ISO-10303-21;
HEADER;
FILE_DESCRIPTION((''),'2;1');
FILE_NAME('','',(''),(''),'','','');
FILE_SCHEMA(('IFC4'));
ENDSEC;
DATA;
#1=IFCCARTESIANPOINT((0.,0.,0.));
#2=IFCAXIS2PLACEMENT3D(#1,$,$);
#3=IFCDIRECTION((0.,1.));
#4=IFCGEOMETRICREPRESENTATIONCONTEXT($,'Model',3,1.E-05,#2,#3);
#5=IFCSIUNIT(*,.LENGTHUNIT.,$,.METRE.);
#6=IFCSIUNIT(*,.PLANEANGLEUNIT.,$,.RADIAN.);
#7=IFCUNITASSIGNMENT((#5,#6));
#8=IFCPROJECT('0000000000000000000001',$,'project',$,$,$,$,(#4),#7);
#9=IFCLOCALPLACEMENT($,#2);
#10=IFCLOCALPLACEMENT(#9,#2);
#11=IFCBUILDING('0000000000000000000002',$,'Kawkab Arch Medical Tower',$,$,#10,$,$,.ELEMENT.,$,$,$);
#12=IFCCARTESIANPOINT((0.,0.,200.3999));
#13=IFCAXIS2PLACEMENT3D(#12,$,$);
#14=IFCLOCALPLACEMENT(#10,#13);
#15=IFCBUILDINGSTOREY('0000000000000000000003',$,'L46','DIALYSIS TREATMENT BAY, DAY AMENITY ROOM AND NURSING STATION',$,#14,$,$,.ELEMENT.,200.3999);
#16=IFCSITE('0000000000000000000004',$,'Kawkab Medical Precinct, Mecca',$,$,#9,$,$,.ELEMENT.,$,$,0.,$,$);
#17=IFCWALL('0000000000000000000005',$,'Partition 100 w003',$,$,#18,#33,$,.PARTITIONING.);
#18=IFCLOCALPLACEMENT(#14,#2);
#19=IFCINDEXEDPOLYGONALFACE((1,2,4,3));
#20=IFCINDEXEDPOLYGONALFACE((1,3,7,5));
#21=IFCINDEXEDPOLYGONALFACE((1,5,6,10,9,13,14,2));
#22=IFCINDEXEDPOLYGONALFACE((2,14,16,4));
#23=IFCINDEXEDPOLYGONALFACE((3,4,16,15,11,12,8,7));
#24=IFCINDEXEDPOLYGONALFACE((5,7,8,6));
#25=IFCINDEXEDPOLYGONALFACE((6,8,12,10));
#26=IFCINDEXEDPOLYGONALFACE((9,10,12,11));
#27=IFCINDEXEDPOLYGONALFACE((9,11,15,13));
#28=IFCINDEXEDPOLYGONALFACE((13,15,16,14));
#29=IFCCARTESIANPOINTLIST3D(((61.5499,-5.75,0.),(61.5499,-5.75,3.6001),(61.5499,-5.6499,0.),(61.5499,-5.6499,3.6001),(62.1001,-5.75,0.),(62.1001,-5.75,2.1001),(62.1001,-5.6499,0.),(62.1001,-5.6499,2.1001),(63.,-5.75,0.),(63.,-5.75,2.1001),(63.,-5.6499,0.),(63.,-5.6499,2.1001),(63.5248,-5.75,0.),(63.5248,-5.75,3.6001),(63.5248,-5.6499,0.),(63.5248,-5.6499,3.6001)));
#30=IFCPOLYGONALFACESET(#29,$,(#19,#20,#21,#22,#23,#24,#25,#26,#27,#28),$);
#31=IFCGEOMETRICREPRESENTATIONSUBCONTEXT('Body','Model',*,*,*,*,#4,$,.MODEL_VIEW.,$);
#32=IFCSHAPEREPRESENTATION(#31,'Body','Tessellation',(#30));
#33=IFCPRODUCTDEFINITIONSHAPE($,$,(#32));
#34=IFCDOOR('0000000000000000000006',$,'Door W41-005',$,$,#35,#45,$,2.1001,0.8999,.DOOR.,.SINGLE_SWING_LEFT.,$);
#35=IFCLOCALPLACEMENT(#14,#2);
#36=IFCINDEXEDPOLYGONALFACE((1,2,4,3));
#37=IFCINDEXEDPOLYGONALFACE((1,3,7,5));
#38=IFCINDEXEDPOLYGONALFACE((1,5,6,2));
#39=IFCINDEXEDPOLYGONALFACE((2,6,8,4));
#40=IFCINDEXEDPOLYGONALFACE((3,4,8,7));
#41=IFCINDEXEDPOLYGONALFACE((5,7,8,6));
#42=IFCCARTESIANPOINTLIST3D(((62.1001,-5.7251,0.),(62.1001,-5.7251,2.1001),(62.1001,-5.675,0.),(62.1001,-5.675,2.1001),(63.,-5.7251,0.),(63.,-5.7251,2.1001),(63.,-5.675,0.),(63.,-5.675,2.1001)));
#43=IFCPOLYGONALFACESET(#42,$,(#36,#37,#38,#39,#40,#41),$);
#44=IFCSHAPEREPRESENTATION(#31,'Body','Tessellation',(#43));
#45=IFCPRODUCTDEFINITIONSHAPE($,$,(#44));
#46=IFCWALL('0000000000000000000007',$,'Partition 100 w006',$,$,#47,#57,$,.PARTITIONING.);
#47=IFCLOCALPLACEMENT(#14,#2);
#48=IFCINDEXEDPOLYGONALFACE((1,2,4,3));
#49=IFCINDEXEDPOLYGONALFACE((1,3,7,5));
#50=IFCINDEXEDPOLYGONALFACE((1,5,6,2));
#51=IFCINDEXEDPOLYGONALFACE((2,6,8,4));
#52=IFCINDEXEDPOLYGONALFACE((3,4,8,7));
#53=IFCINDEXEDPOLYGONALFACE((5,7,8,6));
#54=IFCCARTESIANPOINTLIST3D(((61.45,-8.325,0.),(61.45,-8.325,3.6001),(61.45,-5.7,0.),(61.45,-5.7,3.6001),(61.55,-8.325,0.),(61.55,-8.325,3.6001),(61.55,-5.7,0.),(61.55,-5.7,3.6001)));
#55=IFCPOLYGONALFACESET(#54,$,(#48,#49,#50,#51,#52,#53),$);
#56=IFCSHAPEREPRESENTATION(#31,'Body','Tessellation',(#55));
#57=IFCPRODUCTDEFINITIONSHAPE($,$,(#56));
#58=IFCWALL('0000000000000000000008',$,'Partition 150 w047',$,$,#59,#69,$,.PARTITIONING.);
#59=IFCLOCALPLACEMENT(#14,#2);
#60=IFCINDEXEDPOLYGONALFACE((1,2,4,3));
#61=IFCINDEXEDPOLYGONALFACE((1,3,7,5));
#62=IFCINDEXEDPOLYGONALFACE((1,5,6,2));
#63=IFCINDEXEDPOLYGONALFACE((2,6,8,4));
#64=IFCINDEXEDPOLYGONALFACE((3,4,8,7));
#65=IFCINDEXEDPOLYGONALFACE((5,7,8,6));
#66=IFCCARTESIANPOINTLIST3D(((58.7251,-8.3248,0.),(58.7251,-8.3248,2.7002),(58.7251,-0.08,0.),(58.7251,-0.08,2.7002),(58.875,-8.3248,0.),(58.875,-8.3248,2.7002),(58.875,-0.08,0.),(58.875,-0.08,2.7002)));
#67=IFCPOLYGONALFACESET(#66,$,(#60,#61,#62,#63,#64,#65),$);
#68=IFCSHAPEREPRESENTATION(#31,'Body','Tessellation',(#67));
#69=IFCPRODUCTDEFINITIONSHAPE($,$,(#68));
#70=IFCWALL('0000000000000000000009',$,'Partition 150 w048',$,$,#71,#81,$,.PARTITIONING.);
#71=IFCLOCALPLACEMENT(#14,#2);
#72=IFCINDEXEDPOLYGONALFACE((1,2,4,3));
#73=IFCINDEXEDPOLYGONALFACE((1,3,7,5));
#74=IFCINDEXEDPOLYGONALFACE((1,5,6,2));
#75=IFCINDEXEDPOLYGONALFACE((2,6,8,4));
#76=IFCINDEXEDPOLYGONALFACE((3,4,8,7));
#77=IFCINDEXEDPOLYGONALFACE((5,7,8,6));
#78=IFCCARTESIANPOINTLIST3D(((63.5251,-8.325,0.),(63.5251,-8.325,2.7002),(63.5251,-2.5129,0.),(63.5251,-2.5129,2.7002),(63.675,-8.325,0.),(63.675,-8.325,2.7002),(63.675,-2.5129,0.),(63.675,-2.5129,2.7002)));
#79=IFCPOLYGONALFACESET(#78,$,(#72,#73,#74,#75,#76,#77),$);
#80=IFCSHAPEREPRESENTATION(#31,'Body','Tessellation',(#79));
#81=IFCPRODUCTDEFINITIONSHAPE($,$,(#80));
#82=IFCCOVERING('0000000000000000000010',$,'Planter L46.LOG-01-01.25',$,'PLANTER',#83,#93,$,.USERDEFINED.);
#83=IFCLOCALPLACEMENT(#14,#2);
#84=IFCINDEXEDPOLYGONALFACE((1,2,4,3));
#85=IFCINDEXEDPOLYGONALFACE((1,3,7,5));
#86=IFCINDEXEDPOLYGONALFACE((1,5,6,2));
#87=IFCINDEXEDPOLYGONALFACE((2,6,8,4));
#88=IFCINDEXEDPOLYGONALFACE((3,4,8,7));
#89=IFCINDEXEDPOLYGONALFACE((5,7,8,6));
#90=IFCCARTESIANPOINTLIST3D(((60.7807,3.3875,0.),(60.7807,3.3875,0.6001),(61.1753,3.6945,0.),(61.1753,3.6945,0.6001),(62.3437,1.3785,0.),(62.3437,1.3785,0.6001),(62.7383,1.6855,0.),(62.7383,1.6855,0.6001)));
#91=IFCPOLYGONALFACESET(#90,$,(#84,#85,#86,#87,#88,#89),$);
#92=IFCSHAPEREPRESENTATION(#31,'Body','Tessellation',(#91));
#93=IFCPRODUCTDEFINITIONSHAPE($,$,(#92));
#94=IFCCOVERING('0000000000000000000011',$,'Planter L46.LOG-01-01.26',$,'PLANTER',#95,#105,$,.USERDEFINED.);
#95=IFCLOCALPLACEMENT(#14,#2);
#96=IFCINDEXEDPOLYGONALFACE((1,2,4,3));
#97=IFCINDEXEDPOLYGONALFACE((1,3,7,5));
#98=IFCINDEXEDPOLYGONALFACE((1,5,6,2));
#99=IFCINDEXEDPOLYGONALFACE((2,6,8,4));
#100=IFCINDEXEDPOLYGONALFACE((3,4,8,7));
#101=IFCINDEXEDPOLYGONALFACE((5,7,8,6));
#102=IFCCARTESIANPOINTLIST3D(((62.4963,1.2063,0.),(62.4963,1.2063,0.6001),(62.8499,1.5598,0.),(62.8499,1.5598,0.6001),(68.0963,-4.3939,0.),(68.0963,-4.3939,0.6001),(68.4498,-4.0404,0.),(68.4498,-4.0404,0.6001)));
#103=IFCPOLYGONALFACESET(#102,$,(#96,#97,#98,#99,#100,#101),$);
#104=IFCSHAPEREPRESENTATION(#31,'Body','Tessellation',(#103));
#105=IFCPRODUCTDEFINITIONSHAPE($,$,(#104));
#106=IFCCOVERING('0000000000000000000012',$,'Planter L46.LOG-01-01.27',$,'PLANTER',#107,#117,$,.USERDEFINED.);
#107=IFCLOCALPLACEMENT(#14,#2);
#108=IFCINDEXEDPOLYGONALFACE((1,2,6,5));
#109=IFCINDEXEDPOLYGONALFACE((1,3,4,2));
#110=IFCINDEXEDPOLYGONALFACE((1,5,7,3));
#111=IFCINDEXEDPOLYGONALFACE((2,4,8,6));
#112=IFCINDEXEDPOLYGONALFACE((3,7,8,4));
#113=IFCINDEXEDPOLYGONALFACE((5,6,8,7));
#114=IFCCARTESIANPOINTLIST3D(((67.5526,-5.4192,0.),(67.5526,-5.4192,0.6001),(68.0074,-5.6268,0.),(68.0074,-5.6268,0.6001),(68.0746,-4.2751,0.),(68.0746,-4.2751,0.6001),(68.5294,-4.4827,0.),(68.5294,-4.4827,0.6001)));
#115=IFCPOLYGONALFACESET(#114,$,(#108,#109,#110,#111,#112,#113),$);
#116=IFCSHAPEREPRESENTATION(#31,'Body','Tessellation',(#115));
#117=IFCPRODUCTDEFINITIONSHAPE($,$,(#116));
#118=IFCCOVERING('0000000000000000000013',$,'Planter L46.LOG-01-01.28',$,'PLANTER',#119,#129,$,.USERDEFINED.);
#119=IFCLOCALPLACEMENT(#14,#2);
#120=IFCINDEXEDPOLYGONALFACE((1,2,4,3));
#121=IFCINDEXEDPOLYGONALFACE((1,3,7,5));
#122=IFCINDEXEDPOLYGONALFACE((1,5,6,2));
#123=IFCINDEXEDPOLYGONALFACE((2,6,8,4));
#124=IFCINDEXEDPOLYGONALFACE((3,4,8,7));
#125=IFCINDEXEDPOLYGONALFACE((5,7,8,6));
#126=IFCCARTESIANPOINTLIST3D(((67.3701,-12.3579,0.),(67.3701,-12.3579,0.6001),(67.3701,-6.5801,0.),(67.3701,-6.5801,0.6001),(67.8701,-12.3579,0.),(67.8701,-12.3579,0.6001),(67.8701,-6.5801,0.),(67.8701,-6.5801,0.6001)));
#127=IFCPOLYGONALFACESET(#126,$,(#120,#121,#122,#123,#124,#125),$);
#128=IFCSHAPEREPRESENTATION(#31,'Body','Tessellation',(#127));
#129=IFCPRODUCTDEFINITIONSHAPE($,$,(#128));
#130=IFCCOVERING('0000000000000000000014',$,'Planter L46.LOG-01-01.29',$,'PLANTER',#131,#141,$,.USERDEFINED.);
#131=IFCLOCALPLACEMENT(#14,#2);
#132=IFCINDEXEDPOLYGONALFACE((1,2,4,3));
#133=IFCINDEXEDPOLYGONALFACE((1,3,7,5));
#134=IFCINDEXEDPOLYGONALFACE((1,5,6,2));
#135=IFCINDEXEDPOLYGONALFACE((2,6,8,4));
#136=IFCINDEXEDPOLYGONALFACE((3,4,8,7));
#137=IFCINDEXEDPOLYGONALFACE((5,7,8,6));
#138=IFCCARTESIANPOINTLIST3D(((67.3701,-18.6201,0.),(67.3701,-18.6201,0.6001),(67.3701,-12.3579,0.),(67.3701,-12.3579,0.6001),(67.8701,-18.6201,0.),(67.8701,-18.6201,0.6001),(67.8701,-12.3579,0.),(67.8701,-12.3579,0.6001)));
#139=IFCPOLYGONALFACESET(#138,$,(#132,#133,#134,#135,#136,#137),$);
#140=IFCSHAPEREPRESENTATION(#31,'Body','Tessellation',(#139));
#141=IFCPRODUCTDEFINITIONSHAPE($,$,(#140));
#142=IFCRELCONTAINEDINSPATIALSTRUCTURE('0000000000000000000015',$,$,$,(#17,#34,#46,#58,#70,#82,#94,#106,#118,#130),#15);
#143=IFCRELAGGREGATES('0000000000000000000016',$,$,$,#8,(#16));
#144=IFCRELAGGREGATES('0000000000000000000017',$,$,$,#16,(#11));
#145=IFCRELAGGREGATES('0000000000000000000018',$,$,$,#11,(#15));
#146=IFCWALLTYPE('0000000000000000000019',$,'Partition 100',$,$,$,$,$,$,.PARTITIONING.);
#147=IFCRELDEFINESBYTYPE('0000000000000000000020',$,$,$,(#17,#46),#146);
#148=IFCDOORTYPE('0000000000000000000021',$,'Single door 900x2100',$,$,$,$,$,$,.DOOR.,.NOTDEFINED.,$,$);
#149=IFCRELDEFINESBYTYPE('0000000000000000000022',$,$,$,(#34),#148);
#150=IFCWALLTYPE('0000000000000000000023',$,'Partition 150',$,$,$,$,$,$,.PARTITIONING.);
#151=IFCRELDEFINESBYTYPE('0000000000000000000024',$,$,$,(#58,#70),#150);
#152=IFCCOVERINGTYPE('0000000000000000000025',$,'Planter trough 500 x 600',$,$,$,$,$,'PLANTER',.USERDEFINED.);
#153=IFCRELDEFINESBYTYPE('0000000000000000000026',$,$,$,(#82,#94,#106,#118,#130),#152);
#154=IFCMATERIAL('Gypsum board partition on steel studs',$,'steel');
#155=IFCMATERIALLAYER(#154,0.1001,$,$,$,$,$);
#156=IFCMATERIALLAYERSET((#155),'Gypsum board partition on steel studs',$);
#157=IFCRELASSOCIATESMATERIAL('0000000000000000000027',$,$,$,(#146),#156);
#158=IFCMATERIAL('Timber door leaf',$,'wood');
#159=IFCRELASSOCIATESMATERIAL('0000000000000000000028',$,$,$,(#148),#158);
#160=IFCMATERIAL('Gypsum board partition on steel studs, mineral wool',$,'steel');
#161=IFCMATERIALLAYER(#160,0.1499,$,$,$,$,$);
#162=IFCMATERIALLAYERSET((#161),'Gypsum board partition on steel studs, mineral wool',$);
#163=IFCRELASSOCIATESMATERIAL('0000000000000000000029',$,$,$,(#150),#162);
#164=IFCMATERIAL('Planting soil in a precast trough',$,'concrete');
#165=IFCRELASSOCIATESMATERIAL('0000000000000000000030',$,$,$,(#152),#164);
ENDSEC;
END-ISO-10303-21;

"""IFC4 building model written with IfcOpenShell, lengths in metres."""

from ifc_helpers import new_model, si_unit, direction, frame, frame_2d, origin, origin_2d, place, context, subcontext, project, spatial, rectangle, extrude, material, layer, layer_set, material_profile, profile_set, type_object, element, fill, save


model = new_model("IFC4")

# Units and contexts
model_context = context("Model", 3, precision=1e-05, world=origin(), true_north=direction((0.0, 1.0)))
body_context = subcontext(model_context, "Body", "Model", "MODEL_VIEW")
ifc_project = project(units=[si_unit("LENGTHUNIT", "METRE"), si_unit("PLANEANGLEUNIT", "RADIAN")], contexts=[model_context])

# Site, building, storey
site_placement = place(None, origin())
site = spatial("IfcSite", under=ifc_project, at=site_placement, Name="Kawkab Medical Precinct, Mecca", CompositionType="ELEMENT", RefElevation=0.0)
building_placement = place(site_placement, origin())
building = spatial("IfcBuilding", under=site, at=building_placement, Name="Kawkab Arch Medical Tower", CompositionType="ELEMENT")
storey_placement = place(building_placement, frame((0.0, 0.0, 200.3999)))
storey = spatial("IfcBuildingStorey", under=building, at=storey_placement, Name="L46", Description="DIALYSIS TREATMENT BAY, DAY AMENITY ROOM AND NURSING STATION", CompositionType="ELEMENT", Elevation=200.3999)

# Wall, opening, door
ifc_material_1 = material(Name="Gypsum board partition on steel studs", Category="steel")
ifc_layer_1 = layer(ifc_material_1, 0.1001)
ifc_layer_set_1 = layer_set([ifc_layer_1], Name="Gypsum board partition on steel studs")
wall_type_1 = type_object("IfcWallType", Name="Partition 100", PredefinedType="PARTITIONING", material=ifc_layer_set_1)
wall_1_placement = place(storey_placement, frame((61.55, -5.7, 0.0), z_axis=(0.0, 0.0, 1.0), x_axis=(1.0, 0.0, 0.0)))
wall_1 = element("IfcWall", 1, at=wall_1_placement, inside=storey, type_object=wall_type_1, Name="Partition 100 w003", PredefinedType="PARTITIONING", context=body_context, shape_type="SweptSolid", body=[
    extrude(rectangle(XDim=1.9749, YDim=0.1001, at=frame_2d((0.9873, 0.0))), origin(), (0.0, 0.0, 1.0), 3.6001),
])
opening_placement = place(wall_1_placement, frame((0.55, 0.0, 0.0)))
opening = element("IfcOpeningElement", 2, at=opening_placement, cuts=wall_1, PredefinedType="OPENING", context=body_context, shape_type="SweptSolid", body=[
    extrude(rectangle(XDim=0.8999, YDim=2.1001, at=frame_2d((0.45, 1.05))), frame((0.0, 0.0601, 0.0), z_axis=(0.0, -1.0, 0.0), x_axis=(1.0, 0.0, 0.0)), (0.0, 0.0, 1.0), 0.1201),
])
ifc_material_2 = material(Name="Timber door leaf", Category="wood")
door_type = type_object("IfcDoorType", Name="Single door 900x2100", OperationType="NOTDEFINED", PredefinedType="DOOR", material=ifc_material_2)
door_placement = place(opening_placement, origin())
door = element("IfcDoor", 3, at=door_placement, inside=storey, type_object=door_type, Name="Door W41-005", OperationType="SINGLE_SWING_LEFT", OverallHeight=2.1001, OverallWidth=0.8999, PredefinedType="DOOR", context=body_context, shape_type="SweptSolid", body=[
    extrude(rectangle(XDim=0.8999, YDim=2.1001, at=frame_2d((0.45, 1.05))), frame((0.0, 0.0249, 0.0), z_axis=(0.0, -1.0, 0.0), x_axis=(1.0, 0.0, 0.0)), (0.0, 0.0, 1.0), 0.05),
])
fill(opening, door)

# Walls
wall_2_placement = place(storey_placement, frame((61.5, -8.325, 0.0), z_axis=(0.0, 0.0, 1.0), x_axis=(0.0, 1.0, 0.0)))
element("IfcWall", 4, at=wall_2_placement, inside=storey, type_object=wall_type_1, Name="Partition 100 w006", PredefinedType="PARTITIONING", context=body_context, shape_type="SweptSolid", body=[
    extrude(rectangle(XDim=2.625, YDim=0.1001, at=frame_2d((1.3125, 0.0))), origin(), (0.0, 0.0, 1.0), 3.6001),
])
ifc_material_3 = material(Name="Gypsum board partition on steel studs, mineral wool", Category="steel")
ifc_layer_2 = layer(ifc_material_3, 0.1499)
ifc_layer_set_2 = layer_set([ifc_layer_2], Name="Gypsum board partition on steel studs, mineral wool")
wall_type_2 = type_object("IfcWallType", Name="Partition 150", PredefinedType="PARTITIONING", material=ifc_layer_set_2)
wall_3_placement = place(storey_placement, frame((58.8, -8.325, 0.0), z_axis=(0.0, 0.0, 1.0), x_axis=(0.0, 1.0, 0.0)))
element("IfcWall", 5, at=wall_3_placement, inside=storey, type_object=wall_type_2, Name="Partition 150 w047", PredefinedType="PARTITIONING", context=body_context, shape_type="SweptSolid", body=[
    extrude(rectangle(XDim=8.2449, YDim=0.1499, at=frame_2d((4.1226, 0.0))), origin(), (0.0, 0.0, 1.0), 2.7002),
])
wall_4_placement = place(storey_placement, frame((63.6001, -8.325, 0.0), z_axis=(0.0, 0.0, 1.0), x_axis=(0.0, 1.0, 0.0)))
element("IfcWall", 6, at=wall_4_placement, inside=storey, type_object=wall_type_2, Name="Partition 150 w048", PredefinedType="PARTITIONING", context=body_context, shape_type="SweptSolid", body=[
    extrude(rectangle(XDim=5.812, YDim=0.1499, at=frame_2d((2.906, 0.0))), origin(), (0.0, 0.0, 1.0), 2.7002),
])

# Coverings
ifc_material_4 = material(Name="Planting soil in a precast trough", Category="concrete")
ifc_material_profile_1 = material_profile(ifc_material_4, rectangle(XDim=0.5, YDim=0.6001, at=origin_2d()), Name="Trough 500x600")
ifc_profile_set_1 = profile_set([ifc_material_profile_1], Name="Planting soil in a precast trough")
covering_type = type_object("IfcCoveringType", Name="Planter trough 500 x 600", ElementType="PLANTER", PredefinedType="USERDEFINED", material=ifc_profile_set_1)
covering_1_placement = place(storey_placement, frame((60.978, 3.541, 0.3), z_axis=(0.61404, -0.789275, 0.0), x_axis=(0.789275, 0.61404, 0.0)))
element("IfcCovering", 7, at=covering_1_placement, inside=storey, type_object=covering_type, Name="Planter L46.LOG-01-01.25", ObjectType="PLANTER", PredefinedType="USERDEFINED", context=body_context, shape_type="SweptSolid", body=[
    extrude(rectangle(XDim=0.5, YDim=0.6001, at=origin_2d()), origin(), (0.0, 0.0, 1.0), 2.5454),
])
covering_2_placement = place(storey_placement, frame((62.6731, 1.3831, 0.3), z_axis=(0.707091, -0.707122, 0.0), x_axis=(0.707122, 0.707091, 0.0)))
element("IfcCovering", 8, at=covering_2_placement, inside=storey, type_object=covering_type, Name="Planter L46.LOG-01-01.26", ObjectType="PLANTER", PredefinedType="USERDEFINED", context=body_context, shape_type="SweptSolid", body=[
    extrude(rectangle(XDim=0.5, YDim=0.6001, at=origin_2d()), origin(), (0.0, 0.0, 1.0), 7.9197),
])
covering_3_placement = place(storey_placement, frame((68.302, -4.3789, 0.3), z_axis=(-0.41509, -0.90978, 0.0), x_axis=(0.90978, -0.41509, 0.0)))
element("IfcCovering", 9, at=covering_3_placement, inside=storey, type_object=covering_type, Name="Planter L46.LOG-01-01.27", ObjectType="PLANTER", PredefinedType="USERDEFINED", context=body_context, shape_type="SweptSolid", body=[
    extrude(rectangle(XDim=0.5, YDim=0.6001, at=origin_2d()), origin(), (0.0, 0.0, 1.0), 1.2576),
])
covering_4_placement = place(storey_placement, frame((67.6201, -6.5801, 0.3), z_axis=(0.0, -1.0, 0.0), x_axis=(1.0, 0.0, 0.0)))
element("IfcCovering", 10, at=covering_4_placement, inside=storey, type_object=covering_type, Name="Planter L46.LOG-01-01.28", ObjectType="PLANTER", PredefinedType="USERDEFINED", context=body_context, shape_type="SweptSolid", body=[
    extrude(rectangle(XDim=0.5, YDim=0.6001, at=origin_2d()), origin(), (0.0, 0.0, 1.0), 5.7778),
])
covering_5_placement = place(storey_placement, frame((67.6201, -12.3579, 0.3), z_axis=(0.0, -1.0, 0.0), x_axis=(1.0, 0.0, 0.0)))
element("IfcCovering", 11, at=covering_5_placement, inside=storey, type_object=covering_type, Name="Planter L46.LOG-01-01.29", ObjectType="PLANTER", PredefinedType="USERDEFINED", context=body_context, shape_type="SweptSolid", body=[
    extrude(rectangle(XDim=0.5, YDim=0.6001, at=origin_2d()), origin(), (0.0, 0.0, 1.0), 6.2622),
])

save(model, "model.ifc")
